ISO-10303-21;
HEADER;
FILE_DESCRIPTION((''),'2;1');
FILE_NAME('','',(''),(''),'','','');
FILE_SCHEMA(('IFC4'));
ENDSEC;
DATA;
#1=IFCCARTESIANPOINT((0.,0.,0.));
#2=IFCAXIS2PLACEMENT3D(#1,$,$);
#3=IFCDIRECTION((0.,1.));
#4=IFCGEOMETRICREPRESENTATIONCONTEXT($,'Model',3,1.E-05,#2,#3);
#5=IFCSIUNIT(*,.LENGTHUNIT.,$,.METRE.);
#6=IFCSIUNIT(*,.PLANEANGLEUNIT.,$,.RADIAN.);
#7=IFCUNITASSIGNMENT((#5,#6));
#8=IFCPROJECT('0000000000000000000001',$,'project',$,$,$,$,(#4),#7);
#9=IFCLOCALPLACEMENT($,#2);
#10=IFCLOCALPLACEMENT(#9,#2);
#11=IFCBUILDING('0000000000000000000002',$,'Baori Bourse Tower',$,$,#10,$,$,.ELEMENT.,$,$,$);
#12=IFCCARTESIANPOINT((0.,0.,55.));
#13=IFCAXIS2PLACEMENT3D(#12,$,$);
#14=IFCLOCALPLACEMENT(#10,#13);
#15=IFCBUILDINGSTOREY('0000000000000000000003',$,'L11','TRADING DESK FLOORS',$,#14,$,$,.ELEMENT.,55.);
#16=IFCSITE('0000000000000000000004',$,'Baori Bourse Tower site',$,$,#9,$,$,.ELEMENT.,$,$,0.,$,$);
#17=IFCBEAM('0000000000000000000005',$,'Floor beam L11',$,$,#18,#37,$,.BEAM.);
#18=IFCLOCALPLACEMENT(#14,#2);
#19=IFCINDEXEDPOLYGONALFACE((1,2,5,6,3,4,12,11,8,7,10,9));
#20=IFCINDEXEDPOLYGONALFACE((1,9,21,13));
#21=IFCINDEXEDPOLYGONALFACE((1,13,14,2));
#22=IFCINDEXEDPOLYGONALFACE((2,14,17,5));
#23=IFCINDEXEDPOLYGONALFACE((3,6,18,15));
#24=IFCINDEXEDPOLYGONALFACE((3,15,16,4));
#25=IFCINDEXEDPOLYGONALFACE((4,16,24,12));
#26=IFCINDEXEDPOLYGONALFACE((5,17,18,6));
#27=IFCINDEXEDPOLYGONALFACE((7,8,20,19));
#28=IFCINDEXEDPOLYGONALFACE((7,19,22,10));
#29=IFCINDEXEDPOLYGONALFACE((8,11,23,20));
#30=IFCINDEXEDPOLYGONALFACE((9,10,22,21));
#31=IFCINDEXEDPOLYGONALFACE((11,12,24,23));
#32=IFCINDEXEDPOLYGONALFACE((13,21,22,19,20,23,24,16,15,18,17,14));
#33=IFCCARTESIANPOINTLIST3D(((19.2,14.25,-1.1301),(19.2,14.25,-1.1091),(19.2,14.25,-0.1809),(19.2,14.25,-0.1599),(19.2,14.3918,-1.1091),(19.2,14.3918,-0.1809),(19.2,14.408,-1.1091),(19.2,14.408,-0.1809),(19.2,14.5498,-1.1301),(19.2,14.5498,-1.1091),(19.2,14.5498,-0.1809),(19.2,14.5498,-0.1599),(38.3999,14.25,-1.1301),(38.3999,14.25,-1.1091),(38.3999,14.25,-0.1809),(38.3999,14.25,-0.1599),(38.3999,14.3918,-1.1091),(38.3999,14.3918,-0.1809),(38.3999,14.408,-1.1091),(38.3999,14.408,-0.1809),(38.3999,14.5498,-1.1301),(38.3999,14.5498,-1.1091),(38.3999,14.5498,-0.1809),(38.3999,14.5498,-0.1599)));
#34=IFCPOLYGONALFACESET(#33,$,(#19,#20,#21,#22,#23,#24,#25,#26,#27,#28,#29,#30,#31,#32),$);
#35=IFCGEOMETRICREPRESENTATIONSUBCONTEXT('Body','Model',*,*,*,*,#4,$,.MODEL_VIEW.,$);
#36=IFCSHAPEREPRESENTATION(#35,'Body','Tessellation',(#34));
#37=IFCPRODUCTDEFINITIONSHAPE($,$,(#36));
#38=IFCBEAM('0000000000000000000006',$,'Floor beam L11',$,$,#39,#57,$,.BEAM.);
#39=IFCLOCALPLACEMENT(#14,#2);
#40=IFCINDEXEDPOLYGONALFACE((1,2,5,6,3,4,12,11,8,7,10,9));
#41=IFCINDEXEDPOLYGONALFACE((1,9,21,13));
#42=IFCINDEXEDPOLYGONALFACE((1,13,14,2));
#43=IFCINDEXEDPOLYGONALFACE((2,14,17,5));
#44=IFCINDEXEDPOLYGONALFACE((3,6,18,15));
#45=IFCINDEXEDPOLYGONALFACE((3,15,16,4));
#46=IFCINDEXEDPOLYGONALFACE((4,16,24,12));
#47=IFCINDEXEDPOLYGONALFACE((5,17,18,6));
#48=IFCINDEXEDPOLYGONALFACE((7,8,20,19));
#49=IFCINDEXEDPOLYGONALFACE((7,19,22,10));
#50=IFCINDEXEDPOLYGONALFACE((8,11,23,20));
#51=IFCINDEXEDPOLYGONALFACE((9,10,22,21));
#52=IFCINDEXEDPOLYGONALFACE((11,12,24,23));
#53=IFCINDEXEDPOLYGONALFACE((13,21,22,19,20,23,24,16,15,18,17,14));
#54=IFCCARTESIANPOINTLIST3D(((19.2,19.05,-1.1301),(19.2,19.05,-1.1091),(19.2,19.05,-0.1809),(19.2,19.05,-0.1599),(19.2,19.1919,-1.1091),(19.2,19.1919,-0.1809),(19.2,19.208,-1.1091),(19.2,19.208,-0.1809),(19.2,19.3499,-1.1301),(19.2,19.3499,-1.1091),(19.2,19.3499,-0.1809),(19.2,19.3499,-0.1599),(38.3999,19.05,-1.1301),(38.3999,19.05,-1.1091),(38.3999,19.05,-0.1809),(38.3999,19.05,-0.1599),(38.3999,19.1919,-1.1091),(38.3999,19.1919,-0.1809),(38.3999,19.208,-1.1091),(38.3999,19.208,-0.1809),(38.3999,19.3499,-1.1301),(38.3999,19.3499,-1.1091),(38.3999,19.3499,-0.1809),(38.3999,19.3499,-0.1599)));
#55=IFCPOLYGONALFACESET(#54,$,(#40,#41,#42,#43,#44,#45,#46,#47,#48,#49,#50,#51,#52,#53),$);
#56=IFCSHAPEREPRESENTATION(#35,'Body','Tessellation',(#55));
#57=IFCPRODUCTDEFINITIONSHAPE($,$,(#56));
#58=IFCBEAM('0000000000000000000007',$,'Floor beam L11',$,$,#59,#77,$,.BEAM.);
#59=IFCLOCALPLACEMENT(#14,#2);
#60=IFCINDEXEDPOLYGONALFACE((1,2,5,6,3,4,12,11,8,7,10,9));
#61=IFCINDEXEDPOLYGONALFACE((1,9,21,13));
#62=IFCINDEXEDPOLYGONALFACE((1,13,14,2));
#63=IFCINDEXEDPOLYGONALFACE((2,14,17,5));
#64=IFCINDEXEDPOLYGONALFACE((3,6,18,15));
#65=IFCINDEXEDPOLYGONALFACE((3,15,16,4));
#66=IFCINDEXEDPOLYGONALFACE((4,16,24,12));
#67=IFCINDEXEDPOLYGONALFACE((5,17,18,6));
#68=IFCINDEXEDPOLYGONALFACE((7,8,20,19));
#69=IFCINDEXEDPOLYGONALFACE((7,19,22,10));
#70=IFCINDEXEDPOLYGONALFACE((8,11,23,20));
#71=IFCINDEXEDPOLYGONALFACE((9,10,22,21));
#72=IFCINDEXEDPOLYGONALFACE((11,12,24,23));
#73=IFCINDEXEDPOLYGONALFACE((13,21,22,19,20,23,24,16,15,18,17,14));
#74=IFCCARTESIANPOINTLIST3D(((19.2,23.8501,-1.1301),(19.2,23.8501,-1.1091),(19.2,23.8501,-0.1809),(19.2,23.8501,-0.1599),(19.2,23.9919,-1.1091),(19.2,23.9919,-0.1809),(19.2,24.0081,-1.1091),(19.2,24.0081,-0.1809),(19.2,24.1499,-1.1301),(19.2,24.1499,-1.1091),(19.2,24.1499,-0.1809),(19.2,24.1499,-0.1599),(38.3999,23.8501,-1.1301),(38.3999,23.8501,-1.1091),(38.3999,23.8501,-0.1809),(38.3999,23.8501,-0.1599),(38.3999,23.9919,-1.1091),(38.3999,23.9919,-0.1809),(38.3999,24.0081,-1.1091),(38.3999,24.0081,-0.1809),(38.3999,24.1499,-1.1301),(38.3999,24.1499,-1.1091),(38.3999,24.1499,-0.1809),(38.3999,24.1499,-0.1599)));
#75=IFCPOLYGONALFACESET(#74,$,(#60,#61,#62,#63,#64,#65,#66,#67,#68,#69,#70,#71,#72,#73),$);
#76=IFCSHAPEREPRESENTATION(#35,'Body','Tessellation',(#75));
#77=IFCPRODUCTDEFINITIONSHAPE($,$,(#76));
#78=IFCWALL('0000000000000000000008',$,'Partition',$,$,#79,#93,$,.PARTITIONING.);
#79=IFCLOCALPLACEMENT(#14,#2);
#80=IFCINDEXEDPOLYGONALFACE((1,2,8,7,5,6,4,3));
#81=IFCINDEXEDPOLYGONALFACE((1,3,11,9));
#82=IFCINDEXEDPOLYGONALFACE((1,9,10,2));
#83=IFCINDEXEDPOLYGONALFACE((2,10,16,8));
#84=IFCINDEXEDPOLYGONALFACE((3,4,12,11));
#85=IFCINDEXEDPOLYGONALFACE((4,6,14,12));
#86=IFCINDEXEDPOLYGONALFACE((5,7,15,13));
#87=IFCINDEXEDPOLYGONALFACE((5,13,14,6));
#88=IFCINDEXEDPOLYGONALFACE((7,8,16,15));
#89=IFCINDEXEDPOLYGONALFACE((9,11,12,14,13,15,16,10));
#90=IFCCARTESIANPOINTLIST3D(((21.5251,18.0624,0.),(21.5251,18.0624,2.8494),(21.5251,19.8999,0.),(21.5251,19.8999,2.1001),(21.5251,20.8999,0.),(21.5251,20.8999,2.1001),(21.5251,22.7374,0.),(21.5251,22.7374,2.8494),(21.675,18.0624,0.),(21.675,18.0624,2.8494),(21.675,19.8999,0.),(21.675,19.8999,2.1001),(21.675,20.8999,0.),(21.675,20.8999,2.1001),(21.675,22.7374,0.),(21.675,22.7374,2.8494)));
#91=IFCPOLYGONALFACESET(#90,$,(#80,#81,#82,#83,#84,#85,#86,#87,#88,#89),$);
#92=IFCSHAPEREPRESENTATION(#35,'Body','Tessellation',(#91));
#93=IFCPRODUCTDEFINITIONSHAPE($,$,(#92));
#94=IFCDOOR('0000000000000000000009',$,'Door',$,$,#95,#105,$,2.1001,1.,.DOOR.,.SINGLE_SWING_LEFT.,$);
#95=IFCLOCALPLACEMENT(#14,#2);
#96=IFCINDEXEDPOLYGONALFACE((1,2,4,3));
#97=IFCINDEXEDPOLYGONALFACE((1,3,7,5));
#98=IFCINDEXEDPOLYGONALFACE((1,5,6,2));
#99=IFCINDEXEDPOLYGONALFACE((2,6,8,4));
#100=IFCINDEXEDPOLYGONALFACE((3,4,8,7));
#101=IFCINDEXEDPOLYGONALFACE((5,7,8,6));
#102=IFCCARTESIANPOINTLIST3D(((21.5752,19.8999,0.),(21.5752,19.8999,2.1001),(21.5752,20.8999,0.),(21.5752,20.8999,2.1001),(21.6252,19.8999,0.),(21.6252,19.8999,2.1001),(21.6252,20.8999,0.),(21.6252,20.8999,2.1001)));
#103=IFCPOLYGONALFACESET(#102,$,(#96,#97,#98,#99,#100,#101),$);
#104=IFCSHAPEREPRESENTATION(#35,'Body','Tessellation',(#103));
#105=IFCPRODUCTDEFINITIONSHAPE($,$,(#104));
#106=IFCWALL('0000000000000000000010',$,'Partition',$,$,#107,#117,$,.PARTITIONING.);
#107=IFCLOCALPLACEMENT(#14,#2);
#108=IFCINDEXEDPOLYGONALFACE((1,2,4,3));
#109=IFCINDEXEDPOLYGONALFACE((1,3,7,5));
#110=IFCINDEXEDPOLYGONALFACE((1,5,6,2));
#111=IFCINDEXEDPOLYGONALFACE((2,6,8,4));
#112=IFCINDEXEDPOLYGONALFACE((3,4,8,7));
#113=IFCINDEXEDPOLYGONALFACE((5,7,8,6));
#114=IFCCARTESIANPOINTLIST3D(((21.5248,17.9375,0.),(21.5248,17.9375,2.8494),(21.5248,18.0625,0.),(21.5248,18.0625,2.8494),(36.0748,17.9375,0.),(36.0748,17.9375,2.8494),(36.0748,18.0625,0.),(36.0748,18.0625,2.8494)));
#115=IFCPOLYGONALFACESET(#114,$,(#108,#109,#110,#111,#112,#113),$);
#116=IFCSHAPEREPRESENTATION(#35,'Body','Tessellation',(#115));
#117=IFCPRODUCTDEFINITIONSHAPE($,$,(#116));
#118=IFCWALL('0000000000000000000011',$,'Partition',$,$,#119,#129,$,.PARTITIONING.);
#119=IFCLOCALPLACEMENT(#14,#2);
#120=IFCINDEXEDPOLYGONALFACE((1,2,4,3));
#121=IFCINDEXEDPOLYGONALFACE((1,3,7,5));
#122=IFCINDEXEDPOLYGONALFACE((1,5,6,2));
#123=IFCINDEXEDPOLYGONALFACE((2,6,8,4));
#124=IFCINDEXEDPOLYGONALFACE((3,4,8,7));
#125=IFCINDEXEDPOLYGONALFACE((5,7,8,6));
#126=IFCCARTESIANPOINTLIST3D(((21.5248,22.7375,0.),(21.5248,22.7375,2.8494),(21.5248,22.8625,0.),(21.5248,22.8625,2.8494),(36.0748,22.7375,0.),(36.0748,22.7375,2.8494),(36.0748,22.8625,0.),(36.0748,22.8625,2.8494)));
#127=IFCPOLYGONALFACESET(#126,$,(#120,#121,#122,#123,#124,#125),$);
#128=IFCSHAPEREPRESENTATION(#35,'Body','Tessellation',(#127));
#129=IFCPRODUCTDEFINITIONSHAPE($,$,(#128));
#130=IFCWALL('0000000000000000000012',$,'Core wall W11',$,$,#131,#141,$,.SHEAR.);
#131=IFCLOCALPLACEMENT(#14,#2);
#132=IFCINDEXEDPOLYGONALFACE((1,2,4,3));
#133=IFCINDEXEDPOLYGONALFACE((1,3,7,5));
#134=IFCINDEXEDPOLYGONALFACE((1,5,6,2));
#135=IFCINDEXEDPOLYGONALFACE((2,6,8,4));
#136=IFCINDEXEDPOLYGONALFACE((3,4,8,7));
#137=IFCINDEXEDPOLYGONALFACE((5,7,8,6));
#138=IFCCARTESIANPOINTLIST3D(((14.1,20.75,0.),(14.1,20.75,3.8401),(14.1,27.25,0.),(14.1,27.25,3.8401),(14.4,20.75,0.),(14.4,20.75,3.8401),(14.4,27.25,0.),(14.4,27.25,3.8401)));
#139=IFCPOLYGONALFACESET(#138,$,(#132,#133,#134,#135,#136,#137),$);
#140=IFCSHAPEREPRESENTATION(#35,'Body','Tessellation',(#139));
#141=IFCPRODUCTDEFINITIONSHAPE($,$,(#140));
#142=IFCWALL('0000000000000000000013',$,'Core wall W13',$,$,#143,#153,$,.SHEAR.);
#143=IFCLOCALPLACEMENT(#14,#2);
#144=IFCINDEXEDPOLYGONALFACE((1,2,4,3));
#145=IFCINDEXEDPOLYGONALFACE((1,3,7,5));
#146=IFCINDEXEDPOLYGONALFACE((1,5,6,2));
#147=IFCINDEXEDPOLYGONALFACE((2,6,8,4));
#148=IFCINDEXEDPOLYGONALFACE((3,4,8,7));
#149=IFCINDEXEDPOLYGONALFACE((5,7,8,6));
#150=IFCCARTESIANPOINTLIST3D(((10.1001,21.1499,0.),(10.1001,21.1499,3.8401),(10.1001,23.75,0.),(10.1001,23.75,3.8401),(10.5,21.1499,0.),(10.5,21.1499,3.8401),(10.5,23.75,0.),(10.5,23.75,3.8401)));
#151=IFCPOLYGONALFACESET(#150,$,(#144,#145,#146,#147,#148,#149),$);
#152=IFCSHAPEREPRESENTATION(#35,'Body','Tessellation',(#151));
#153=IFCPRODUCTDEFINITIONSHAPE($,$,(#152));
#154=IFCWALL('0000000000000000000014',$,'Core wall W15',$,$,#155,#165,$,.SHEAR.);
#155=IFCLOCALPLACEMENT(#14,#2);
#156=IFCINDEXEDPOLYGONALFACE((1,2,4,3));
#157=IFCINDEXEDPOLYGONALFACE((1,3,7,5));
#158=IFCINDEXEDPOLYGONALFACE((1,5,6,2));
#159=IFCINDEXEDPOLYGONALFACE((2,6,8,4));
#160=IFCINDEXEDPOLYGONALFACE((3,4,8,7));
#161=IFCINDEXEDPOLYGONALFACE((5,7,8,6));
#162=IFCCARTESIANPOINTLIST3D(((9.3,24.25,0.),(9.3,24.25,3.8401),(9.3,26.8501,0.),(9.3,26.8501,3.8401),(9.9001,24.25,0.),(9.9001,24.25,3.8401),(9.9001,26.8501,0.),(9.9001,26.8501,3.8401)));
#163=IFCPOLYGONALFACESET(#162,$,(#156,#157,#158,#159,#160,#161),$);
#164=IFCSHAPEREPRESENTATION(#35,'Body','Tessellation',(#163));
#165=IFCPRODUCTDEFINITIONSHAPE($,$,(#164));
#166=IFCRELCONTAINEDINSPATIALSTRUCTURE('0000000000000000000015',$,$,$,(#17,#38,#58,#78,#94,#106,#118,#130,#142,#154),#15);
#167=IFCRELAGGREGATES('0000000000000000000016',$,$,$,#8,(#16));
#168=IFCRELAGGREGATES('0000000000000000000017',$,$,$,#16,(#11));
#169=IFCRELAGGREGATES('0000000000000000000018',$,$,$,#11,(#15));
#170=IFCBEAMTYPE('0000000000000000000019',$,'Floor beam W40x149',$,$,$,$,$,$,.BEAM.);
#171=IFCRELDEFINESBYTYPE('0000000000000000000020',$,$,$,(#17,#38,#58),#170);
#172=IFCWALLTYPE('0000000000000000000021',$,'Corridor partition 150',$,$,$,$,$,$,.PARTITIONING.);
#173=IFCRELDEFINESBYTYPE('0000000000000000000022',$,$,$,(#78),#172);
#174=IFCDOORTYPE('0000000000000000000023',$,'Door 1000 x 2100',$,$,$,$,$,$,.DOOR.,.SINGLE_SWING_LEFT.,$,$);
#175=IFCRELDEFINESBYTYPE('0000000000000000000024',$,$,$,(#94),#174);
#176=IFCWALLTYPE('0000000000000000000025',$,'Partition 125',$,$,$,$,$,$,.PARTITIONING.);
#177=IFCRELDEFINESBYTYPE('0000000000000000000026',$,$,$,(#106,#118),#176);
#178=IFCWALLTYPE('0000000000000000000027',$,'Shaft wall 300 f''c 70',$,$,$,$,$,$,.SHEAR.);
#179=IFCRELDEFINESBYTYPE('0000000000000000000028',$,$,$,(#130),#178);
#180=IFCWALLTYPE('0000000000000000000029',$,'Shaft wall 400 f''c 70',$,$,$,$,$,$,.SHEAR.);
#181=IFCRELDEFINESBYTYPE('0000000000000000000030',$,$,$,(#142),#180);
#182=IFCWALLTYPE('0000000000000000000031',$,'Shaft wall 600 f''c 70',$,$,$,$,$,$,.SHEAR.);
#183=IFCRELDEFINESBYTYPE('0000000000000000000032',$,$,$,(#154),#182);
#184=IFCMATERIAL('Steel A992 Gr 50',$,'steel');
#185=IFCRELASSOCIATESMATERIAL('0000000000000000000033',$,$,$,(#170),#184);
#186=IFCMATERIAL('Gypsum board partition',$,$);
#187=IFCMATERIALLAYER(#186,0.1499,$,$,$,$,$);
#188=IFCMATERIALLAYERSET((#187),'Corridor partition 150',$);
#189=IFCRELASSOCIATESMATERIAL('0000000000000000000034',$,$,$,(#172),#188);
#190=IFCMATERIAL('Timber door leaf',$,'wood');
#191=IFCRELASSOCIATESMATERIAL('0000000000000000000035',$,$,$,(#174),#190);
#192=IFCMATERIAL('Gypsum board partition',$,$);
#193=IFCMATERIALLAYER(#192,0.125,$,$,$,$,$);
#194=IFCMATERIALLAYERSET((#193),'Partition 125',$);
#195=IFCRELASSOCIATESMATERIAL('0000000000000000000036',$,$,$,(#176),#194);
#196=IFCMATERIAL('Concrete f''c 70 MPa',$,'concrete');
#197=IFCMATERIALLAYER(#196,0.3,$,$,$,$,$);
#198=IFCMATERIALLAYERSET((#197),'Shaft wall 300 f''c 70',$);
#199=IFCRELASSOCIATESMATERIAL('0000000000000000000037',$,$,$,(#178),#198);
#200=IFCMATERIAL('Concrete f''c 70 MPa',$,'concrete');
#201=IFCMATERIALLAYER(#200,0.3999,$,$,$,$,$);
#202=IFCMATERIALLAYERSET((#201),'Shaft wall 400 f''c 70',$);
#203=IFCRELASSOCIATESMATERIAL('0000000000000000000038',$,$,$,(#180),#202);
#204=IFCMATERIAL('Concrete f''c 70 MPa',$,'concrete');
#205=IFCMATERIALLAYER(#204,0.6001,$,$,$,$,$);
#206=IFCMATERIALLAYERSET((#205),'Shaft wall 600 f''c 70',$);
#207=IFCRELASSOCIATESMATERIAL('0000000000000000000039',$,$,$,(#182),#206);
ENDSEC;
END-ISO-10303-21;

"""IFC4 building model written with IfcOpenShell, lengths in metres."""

from ifc_helpers import new_model, si_unit, direction, frame, frame_2d, origin, origin_2d, place, context, subcontext, project, spatial, rectangle, i_section, extrude, material, layer, layer_set, material_profile, profile_set, type_object, element, fill, save


model = new_model("IFC4")

# Units and contexts
model_context = context("Model", 3, precision=1e-05, world=origin(), true_north=direction((0.0, 1.0)))
body_context = subcontext(model_context, "Body", "Model", "MODEL_VIEW")
ifc_project = project(units=[si_unit("LENGTHUNIT", "METRE"), si_unit("PLANEANGLEUNIT", "RADIAN")], contexts=[model_context])

# Site, building, storey
site_placement = place(None, origin())
site = spatial("IfcSite", under=ifc_project, at=site_placement, Name="Baori Bourse Tower site", CompositionType="ELEMENT", RefElevation=0.0)
building_placement = place(site_placement, origin())
building = spatial("IfcBuilding", under=site, at=building_placement, Name="Baori Bourse Tower", CompositionType="ELEMENT")
storey_placement = place(building_placement, frame((0.0, 0.0, 55.0)))
storey = spatial("IfcBuildingStorey", under=building, at=storey_placement, Name="L11", Description="TRADING DESK FLOORS", CompositionType="ELEMENT", Elevation=55.0)

# Beams
ifc_material_1 = material(Name="Steel A992 Gr 50", Category="steel")
ifc_material_profile = material_profile(ifc_material_1, i_section(OverallWidth=0.2998, OverallDepth=0.9702, WebThickness=0.0161, FlangeThickness=0.021, at=origin_2d()), Name="W40x149")
ifc_profile_set = profile_set([ifc_material_profile], Name="Steel A992 Gr 50")
beam_type = type_object("IfcBeamType", Name="Floor beam W40x149", PredefinedType="BEAM", material=ifc_profile_set)
for number, where, z_axis, x_axis, name in (
    (1, (19.2, 14.3999, -0.645), (1.0, 0.0, 0.0), (0.0, 1.0, 0.0), "Floor beam L11"),
    (2, (19.2, 19.2, -0.645), (1.0, 0.0, 0.0), (0.0, 1.0, 0.0), "Floor beam L11"),
    (3, (19.2, 24.0, -0.645), (1.0, 0.0, 0.0), (0.0, 1.0, 0.0), "Floor beam L11"),
):
    element("IfcBeam", number, at=place(storey_placement, frame(where, z_axis=z_axis, x_axis=x_axis)), inside=storey, type_object=beam_type, Name=name, PredefinedType="BEAM", context=body_context, shape_type="SweptSolid", body=[
        extrude(i_section(OverallWidth=0.2998, OverallDepth=0.9702, WebThickness=0.0161, FlangeThickness=0.021, at=origin_2d()), origin(), (0.0, 0.0, 1.0), 19.2),
    ])

# Wall, opening, door
ifc_material_2 = material(Name="Gypsum board partition")
ifc_layer_1 = layer(ifc_material_2, 0.1499)
ifc_layer_set_1 = layer_set([ifc_layer_1], Name="Corridor partition 150")
wall_type_1 = type_object("IfcWallType", Name="Corridor partition 150", PredefinedType="PARTITIONING", material=ifc_layer_set_1)
wall_1_placement = place(storey_placement, frame((21.6001, 18.0625, 0.0), z_axis=(0.0, 0.0, 1.0), x_axis=(0.0, 1.0, 0.0)))
wall_1 = element("IfcWall", 4, at=wall_1_placement, inside=storey, type_object=wall_type_1, Name="Partition", PredefinedType="PARTITIONING", context=body_context, shape_type="SweptSolid", body=[
    extrude(rectangle(XDim=4.675, YDim=0.1499, at=frame_2d((2.3374, 0.0))), origin(), (0.0, 0.0, 1.0), 2.8494),
])
opening_placement = place(wall_1_placement, frame((1.8374, 0.0, 0.0)))
opening = element("IfcOpeningElement", 5, at=opening_placement, cuts=wall_1, PredefinedType="OPENING", context=body_context, shape_type="SweptSolid", body=[
    extrude(rectangle(XDim=1.0, YDim=2.1001, at=frame_2d((0.5, 1.05))), frame((0.0, 0.085, 0.0), z_axis=(0.0, -1.0, 0.0), x_axis=(1.0, 0.0, 0.0)), (0.0, 0.0, 1.0), 0.1699),
])
ifc_material_3 = material(Name="Timber door leaf", Category="wood")
door_type = type_object("IfcDoorType", Name="Door 1000 x 2100", OperationType="SINGLE_SWING_LEFT", PredefinedType="DOOR", material=ifc_material_3)
door_placement = place(opening_placement, origin())
door = element("IfcDoor", 6, at=door_placement, inside=storey, type_object=door_type, Name="Door", OperationType="SINGLE_SWING_LEFT", OverallHeight=2.1001, OverallWidth=1.0, PredefinedType="DOOR", context=body_context, shape_type="SweptSolid", body=[
    extrude(rectangle(XDim=1.0, YDim=2.1001, at=frame_2d((0.5, 1.05))), frame((0.0, 0.0249, 0.0), z_axis=(0.0, -1.0, 0.0), x_axis=(1.0, 0.0, 0.0)), (0.0, 0.0, 1.0), 0.05),
])
fill(opening, door)

# Walls
ifc_material_4 = material(Name="Gypsum board partition")
ifc_layer_2 = layer(ifc_material_4, 0.125)
ifc_layer_set_2 = layer_set([ifc_layer_2], Name="Partition 125")
wall_type_2 = type_object("IfcWallType", Name="Partition 125", PredefinedType="PARTITIONING", material=ifc_layer_set_2)
for number, where, z_axis, x_axis, name in (
    (7, (21.5249, 18.0, 0.0), (0.0, 0.0, 1.0), (1.0, 0.0, 0.0), "Partition"),
    (8, (21.5249, 22.8, 0.0), (0.0, 0.0, 1.0), (1.0, 0.0, 0.0), "Partition"),
):
    element("IfcWall", number, at=place(storey_placement, frame(where, z_axis=z_axis, x_axis=x_axis)), inside=storey, type_object=wall_type_2, Name=name, PredefinedType="PARTITIONING", context=body_context, shape_type="SweptSolid", body=[
        extrude(rectangle(XDim=14.55, YDim=0.125, at=frame_2d((7.2749, 0.0))), origin(), (0.0, 0.0, 1.0), 2.8494),
    ])
ifc_material_5 = material(Name="Concrete f'c 70 MPa", Category="concrete")
ifc_layer_3 = layer(ifc_material_5, 0.3)
ifc_layer_set_3 = layer_set([ifc_layer_3], Name="Shaft wall 300 f'c 70")
wall_type_3 = type_object("IfcWallType", Name="Shaft wall 300 f'c 70", PredefinedType="SHEAR", material=ifc_layer_set_3)
wall_2_placement = place(storey_placement, frame((14.25, 20.75, 0.0), z_axis=(0.0, 0.0, 1.0), x_axis=(0.0, 1.0, 0.0)))
element("IfcWall", 9, at=wall_2_placement, inside=storey, type_object=wall_type_3, Name="Core wall W11", PredefinedType="SHEAR", context=body_context, shape_type="SweptSolid", body=[
    extrude(rectangle(XDim=6.5, YDim=0.3, at=frame_2d((3.25, 0.0))), origin(), (0.0, 0.0, 1.0), 3.8401),
])
ifc_material_6 = material(Name="Concrete f'c 70 MPa", Category="concrete")
ifc_layer_4 = layer(ifc_material_6, 0.3999)
ifc_layer_set_4 = layer_set([ifc_layer_4], Name="Shaft wall 400 f'c 70")
wall_type_4 = type_object("IfcWallType", Name="Shaft wall 400 f'c 70", PredefinedType="SHEAR", material=ifc_layer_set_4)
wall_3_placement = place(storey_placement, frame((10.3, 21.1499, 0.0), z_axis=(0.0, 0.0, 1.0), x_axis=(0.0, 1.0, 0.0)))
element("IfcWall", 10, at=wall_3_placement, inside=storey, type_object=wall_type_4, Name="Core wall W13", PredefinedType="SHEAR", context=body_context, shape_type="SweptSolid", body=[
    extrude(rectangle(XDim=2.6001, YDim=0.3999, at=frame_2d((1.3, 0.0))), origin(), (0.0, 0.0, 1.0), 3.8401),
])
ifc_material_7 = material(Name="Concrete f'c 70 MPa", Category="concrete")
ifc_layer_5 = layer(ifc_material_7, 0.6001)
ifc_layer_set_5 = layer_set([ifc_layer_5], Name="Shaft wall 600 f'c 70")
wall_type_5 = type_object("IfcWallType", Name="Shaft wall 600 f'c 70", PredefinedType="SHEAR", material=ifc_layer_set_5)
wall_4_placement = place(storey_placement, frame((9.6001, 24.25, 0.0), z_axis=(0.0, 0.0, 1.0), x_axis=(0.0, 1.0, 0.0)))
element("IfcWall", 11, at=wall_4_placement, inside=storey, type_object=wall_type_5, Name="Core wall W15", PredefinedType="SHEAR", context=body_context, shape_type="SweptSolid", body=[
    extrude(rectangle(XDim=2.6001, YDim=0.6001, at=frame_2d((1.3, 0.0))), origin(), (0.0, 0.0, 1.0), 3.8401),
])

save(model, "model.ifc")
